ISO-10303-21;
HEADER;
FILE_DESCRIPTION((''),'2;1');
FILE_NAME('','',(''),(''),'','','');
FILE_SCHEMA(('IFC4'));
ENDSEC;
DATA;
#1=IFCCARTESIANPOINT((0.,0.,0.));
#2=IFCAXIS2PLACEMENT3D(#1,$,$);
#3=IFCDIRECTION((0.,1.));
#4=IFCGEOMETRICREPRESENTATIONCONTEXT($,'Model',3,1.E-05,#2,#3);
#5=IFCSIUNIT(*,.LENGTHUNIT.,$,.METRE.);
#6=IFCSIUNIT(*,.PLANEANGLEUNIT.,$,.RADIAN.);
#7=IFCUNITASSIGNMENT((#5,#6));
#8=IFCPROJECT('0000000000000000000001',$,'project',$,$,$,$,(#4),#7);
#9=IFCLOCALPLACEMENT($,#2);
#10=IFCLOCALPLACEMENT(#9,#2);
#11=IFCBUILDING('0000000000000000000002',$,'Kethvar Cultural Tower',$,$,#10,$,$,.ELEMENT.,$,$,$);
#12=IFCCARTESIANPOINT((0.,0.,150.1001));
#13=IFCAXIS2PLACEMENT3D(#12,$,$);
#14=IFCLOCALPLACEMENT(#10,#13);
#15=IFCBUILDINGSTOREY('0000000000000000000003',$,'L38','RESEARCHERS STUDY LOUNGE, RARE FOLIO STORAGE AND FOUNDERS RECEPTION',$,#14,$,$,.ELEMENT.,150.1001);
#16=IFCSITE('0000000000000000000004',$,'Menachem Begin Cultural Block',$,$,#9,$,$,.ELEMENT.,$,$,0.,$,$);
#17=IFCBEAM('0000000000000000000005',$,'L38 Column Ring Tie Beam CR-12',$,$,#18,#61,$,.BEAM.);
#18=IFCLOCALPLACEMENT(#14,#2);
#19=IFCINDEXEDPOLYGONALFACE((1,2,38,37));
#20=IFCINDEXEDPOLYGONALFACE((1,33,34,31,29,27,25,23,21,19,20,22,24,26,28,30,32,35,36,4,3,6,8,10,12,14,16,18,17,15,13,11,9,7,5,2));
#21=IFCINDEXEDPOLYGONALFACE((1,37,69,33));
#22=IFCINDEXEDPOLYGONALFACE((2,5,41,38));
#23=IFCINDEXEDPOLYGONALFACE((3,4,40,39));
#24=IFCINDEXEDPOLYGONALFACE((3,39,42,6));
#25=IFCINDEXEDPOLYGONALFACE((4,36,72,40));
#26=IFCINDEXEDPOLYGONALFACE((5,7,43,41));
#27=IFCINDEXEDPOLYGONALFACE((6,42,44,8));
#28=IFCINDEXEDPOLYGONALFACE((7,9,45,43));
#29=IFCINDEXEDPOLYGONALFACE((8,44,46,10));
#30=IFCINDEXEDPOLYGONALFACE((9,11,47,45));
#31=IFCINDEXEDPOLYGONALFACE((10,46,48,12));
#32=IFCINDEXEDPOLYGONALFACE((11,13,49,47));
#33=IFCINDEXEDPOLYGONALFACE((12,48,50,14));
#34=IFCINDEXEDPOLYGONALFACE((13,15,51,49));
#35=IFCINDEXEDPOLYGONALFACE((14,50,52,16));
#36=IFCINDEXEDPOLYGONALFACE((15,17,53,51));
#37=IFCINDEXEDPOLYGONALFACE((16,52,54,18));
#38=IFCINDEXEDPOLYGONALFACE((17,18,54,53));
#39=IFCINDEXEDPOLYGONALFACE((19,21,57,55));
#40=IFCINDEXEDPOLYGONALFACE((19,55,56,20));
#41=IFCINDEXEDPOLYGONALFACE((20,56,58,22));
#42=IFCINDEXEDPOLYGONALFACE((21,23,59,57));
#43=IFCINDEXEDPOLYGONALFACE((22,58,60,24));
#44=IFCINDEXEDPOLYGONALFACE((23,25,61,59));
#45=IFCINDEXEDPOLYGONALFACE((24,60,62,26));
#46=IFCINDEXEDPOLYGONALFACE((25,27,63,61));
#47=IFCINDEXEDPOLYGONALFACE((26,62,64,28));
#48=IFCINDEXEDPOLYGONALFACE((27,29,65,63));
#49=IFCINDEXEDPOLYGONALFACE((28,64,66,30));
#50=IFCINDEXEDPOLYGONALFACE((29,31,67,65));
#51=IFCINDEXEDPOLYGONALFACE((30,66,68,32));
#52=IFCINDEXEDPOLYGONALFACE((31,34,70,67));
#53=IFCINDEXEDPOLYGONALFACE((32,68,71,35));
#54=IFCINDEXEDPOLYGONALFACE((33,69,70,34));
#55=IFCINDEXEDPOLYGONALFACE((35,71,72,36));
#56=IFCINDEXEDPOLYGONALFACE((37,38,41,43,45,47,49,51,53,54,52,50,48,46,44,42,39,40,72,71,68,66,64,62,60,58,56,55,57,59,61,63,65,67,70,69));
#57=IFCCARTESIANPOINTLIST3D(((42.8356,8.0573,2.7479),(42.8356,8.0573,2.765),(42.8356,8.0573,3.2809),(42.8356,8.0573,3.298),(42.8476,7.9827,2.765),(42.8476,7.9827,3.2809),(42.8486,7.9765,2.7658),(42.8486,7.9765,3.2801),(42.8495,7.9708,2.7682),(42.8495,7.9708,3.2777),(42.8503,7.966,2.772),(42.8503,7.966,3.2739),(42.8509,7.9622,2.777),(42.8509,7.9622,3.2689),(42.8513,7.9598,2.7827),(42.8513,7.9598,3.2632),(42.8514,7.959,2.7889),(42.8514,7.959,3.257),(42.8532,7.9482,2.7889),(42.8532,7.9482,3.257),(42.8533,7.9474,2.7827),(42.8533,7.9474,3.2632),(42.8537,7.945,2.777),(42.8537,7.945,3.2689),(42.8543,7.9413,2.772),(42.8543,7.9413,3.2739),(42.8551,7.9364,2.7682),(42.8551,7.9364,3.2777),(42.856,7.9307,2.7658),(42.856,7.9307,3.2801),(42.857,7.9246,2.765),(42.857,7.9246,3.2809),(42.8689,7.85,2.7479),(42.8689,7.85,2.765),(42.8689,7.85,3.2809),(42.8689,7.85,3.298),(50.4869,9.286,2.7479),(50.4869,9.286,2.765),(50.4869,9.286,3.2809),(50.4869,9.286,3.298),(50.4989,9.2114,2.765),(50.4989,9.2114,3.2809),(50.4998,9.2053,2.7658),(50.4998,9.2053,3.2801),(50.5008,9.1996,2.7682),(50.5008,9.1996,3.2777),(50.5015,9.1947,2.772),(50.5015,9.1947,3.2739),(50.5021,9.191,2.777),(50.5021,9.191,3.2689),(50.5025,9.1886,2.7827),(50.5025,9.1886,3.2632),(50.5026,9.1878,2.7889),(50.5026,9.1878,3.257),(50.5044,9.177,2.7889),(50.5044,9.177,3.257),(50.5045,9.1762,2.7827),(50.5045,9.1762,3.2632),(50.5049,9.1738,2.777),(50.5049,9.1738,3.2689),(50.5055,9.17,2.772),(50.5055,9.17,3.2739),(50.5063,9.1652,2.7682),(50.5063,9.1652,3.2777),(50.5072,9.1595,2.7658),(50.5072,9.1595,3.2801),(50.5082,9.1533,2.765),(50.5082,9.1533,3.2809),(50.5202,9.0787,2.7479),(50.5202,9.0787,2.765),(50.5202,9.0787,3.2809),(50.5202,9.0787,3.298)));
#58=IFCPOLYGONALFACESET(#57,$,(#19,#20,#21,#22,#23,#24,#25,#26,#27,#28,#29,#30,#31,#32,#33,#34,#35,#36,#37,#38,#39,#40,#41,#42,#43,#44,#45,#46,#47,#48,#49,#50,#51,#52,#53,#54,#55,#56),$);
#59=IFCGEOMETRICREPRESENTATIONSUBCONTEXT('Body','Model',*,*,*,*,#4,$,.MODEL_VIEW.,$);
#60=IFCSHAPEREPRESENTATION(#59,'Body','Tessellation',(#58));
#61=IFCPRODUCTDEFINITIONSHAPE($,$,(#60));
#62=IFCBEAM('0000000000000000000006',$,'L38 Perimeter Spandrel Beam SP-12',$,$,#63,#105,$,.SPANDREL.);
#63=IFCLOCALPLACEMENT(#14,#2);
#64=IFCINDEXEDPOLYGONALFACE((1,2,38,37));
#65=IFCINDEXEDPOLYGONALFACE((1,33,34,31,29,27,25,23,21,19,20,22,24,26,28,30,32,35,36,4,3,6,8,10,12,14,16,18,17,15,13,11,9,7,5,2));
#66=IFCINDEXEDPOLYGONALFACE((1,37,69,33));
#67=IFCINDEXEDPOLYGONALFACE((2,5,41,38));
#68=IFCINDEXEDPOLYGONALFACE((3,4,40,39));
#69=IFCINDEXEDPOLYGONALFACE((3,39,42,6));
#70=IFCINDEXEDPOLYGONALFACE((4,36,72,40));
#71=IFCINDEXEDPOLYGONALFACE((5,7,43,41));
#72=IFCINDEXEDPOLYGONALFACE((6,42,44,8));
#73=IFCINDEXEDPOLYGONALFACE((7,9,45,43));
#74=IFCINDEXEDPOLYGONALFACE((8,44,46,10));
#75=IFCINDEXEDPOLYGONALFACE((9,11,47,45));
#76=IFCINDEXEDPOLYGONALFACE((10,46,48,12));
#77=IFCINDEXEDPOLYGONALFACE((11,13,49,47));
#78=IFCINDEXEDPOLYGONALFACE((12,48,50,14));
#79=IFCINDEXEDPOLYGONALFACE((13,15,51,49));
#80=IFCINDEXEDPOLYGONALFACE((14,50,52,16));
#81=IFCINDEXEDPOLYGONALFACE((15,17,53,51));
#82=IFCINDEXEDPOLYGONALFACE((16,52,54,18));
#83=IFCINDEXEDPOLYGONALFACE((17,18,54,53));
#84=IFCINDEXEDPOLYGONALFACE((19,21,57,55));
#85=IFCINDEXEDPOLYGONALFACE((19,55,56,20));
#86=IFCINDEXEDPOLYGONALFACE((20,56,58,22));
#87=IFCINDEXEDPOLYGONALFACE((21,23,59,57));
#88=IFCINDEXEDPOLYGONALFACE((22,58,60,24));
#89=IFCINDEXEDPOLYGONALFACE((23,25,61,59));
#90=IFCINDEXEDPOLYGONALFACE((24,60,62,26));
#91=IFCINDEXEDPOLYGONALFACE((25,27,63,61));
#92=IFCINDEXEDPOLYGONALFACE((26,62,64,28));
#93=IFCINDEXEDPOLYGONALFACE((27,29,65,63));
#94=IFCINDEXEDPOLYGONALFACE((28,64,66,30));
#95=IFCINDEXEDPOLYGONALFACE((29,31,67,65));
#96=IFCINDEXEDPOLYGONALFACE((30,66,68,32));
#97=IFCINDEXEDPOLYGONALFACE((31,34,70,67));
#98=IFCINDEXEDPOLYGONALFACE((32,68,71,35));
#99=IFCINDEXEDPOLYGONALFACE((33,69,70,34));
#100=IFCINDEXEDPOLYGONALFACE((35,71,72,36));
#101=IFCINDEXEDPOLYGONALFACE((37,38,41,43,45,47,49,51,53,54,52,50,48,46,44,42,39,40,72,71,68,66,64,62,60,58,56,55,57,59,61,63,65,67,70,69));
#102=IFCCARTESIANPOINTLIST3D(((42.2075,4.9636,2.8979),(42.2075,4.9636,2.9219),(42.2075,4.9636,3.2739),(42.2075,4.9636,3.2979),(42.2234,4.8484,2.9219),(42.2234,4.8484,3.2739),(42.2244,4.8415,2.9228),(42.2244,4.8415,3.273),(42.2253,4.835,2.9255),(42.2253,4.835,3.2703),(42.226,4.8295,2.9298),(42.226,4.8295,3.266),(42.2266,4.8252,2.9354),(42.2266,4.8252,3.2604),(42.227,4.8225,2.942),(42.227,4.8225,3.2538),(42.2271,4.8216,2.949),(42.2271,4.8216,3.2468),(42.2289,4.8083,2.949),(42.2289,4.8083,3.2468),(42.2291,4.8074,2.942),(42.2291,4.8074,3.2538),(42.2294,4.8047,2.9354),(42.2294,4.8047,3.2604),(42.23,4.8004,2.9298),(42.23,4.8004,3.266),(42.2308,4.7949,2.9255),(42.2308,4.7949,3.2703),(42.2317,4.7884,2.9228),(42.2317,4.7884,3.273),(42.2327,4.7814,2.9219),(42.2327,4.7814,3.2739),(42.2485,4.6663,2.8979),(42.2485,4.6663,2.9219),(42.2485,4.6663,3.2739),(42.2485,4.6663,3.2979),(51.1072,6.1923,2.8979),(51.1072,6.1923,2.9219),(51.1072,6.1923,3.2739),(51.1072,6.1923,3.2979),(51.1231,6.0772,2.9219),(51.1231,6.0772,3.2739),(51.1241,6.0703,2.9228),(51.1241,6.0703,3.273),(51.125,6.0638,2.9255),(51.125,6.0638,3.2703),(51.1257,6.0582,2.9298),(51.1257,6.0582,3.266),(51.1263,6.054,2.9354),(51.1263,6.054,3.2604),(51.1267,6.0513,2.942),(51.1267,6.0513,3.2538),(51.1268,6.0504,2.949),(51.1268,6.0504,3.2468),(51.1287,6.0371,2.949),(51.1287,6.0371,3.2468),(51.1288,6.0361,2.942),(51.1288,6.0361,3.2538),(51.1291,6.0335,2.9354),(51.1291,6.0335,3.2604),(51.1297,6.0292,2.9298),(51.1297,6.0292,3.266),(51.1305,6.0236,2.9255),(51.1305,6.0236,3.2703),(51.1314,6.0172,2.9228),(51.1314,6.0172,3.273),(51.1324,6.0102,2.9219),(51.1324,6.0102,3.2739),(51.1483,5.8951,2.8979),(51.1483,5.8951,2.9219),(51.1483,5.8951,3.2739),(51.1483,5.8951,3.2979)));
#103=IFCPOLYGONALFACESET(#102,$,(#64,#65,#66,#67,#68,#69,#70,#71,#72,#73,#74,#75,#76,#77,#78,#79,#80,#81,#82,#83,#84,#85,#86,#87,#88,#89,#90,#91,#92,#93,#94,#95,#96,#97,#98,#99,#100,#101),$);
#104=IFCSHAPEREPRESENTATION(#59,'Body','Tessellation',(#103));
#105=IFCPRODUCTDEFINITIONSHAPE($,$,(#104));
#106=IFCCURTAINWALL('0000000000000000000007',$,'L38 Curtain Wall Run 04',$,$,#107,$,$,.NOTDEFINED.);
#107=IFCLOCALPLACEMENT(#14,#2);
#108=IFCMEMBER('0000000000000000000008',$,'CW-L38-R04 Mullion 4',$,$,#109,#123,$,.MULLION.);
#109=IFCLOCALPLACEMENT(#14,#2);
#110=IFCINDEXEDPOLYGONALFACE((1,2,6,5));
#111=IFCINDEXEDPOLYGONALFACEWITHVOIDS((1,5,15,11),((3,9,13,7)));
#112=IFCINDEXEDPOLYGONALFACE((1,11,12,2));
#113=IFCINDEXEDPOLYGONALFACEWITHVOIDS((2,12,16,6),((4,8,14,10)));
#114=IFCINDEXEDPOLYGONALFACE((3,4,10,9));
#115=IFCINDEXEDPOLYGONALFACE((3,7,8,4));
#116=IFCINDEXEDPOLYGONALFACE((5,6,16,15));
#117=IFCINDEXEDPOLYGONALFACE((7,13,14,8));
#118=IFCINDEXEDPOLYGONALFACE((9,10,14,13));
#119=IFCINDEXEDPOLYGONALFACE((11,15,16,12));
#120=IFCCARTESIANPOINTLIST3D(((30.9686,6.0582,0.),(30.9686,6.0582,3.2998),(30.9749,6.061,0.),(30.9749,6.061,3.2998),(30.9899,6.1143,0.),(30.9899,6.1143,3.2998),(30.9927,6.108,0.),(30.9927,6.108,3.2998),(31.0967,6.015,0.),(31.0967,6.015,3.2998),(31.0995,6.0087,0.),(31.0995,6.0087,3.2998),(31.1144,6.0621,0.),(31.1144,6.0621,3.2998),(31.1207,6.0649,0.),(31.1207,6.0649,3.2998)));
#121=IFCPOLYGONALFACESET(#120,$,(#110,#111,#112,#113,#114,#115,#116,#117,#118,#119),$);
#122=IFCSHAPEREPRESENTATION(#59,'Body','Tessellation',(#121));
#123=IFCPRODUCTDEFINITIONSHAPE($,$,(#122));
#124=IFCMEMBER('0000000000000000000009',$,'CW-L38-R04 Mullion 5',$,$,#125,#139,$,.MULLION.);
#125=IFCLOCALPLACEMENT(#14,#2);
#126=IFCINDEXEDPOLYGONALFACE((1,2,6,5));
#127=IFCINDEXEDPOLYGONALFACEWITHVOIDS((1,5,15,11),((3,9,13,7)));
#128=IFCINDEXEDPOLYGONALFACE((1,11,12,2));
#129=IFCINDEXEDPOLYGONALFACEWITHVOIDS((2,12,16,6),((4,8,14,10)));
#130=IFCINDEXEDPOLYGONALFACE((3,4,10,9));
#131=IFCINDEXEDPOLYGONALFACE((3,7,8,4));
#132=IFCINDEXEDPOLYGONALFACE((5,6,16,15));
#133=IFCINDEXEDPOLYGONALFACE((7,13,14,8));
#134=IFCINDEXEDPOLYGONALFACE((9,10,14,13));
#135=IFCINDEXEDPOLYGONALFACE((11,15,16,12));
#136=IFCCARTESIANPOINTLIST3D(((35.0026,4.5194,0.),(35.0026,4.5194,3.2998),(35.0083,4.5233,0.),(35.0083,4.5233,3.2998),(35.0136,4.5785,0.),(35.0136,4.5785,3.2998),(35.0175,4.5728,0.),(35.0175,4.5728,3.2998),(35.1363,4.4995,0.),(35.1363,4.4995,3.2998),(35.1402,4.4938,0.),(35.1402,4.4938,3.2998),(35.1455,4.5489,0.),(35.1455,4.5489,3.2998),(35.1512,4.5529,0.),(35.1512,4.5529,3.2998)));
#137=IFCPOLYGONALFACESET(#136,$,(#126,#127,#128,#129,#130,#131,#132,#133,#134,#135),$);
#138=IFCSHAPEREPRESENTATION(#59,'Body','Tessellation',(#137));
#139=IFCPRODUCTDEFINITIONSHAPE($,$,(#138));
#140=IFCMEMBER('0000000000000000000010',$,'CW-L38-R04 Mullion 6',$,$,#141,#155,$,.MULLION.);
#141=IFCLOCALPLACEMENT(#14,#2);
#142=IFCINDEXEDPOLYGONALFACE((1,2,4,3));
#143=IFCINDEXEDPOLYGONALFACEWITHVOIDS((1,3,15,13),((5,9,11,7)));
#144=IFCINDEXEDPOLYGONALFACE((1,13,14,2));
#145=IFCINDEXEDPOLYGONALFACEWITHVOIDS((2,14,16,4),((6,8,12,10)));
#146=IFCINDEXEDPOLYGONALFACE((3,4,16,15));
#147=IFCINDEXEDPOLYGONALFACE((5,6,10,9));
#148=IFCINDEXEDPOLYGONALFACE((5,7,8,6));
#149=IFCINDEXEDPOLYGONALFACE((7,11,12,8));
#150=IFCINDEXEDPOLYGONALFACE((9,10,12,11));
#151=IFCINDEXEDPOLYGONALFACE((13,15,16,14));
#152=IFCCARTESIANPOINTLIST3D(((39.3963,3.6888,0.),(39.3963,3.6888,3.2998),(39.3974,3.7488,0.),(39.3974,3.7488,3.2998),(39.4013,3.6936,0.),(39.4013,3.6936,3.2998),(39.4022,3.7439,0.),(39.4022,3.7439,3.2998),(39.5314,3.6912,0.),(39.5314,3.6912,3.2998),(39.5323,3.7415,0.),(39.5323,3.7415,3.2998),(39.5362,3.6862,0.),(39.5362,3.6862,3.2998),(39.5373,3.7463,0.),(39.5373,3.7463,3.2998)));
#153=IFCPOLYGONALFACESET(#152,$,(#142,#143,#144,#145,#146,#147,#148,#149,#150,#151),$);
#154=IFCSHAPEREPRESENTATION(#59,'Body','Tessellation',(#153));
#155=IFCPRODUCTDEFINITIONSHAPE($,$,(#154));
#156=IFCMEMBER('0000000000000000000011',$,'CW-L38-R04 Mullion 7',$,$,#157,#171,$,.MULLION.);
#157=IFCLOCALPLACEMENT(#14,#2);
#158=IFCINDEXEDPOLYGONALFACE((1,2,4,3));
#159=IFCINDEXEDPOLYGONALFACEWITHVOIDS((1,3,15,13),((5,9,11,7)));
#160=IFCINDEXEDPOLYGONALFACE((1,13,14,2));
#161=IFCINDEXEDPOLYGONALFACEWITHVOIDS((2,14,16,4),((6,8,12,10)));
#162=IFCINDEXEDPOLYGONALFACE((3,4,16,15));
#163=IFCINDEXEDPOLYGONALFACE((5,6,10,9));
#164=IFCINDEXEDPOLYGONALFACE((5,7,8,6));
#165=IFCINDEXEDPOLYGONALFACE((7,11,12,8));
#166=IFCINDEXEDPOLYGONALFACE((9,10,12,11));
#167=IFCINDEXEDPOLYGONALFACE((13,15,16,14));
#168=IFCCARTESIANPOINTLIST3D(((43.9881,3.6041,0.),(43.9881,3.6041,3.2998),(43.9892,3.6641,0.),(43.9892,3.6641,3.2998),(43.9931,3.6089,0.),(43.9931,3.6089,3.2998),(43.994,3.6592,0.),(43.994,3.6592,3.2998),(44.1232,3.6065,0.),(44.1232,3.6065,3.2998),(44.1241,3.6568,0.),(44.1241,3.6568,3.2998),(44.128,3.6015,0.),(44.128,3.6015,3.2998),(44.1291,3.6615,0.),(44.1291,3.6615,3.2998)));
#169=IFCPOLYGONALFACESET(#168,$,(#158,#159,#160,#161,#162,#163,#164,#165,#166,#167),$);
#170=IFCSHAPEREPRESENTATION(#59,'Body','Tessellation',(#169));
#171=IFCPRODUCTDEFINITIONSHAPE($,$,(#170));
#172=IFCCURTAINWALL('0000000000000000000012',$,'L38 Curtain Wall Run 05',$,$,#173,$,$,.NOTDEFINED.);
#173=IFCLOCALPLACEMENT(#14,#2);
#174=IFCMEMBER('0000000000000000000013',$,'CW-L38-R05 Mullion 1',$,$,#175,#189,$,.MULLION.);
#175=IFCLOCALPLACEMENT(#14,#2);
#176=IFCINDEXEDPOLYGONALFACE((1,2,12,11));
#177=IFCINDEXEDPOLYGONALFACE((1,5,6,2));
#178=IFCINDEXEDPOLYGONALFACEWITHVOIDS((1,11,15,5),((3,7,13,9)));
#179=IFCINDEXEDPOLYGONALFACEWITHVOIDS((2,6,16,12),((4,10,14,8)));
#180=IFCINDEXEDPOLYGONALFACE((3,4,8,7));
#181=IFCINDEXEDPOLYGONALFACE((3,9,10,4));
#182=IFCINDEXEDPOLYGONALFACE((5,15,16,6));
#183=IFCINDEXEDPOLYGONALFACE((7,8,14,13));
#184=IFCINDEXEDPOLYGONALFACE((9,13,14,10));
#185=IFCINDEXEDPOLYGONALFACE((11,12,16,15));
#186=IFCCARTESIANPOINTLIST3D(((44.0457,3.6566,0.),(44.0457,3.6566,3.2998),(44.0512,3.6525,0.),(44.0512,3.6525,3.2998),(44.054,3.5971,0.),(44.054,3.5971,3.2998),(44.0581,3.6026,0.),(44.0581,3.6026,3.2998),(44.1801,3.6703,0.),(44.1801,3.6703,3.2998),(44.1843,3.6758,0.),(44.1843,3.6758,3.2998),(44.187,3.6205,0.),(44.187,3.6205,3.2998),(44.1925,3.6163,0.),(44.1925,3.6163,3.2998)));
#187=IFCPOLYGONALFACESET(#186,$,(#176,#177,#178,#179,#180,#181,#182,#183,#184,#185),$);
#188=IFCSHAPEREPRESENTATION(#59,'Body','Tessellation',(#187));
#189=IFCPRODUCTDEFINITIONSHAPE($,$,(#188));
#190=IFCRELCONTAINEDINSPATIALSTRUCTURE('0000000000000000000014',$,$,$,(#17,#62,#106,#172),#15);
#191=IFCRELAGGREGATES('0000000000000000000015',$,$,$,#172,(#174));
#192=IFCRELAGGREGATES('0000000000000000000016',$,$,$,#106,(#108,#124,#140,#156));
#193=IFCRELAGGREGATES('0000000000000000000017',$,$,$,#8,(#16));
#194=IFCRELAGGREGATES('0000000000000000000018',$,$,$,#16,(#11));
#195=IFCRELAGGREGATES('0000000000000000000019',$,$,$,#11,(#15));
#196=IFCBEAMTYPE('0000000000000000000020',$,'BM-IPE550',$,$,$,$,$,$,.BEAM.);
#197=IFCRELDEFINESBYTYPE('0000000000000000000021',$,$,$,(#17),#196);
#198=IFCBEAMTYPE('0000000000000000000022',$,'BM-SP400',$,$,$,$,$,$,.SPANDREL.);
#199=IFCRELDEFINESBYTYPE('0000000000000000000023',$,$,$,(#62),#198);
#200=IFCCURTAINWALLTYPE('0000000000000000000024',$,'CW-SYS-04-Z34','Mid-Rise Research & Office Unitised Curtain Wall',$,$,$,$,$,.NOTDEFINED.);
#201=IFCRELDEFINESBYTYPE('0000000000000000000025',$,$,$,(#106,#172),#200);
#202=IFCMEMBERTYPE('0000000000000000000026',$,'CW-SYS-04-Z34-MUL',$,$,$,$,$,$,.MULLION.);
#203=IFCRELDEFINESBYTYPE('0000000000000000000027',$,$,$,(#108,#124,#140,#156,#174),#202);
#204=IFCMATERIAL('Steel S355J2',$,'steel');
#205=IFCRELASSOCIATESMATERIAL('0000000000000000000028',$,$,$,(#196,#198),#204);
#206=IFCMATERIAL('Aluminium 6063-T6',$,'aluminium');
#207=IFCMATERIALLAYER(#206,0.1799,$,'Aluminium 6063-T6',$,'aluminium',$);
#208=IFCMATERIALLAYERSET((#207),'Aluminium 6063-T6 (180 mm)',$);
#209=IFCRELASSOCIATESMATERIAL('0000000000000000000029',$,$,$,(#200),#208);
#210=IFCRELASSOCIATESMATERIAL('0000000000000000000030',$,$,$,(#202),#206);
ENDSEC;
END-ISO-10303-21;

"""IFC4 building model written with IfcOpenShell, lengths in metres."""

from ifc_helpers import new_model, si_unit, direction, frame, origin, origin_2d, place, context, subcontext, project, spatial, hollow_rectangle, i_section, extrude, source, transform, mapped, material, layer, layer_set, material_profile, profile_set, type_object, element, aggregate, save


model = new_model("IFC4")

# Units and contexts
model_context = context("Model", 3, precision=1e-05, world=origin(), true_north=direction((0.0, 1.0)))
body_context = subcontext(model_context, "Body", "Model", "MODEL_VIEW")
ifc_project = project(units=[si_unit("LENGTHUNIT", "METRE"), si_unit("PLANEANGLEUNIT", "RADIAN")], contexts=[model_context])

# Site, building, storey
site_placement = place(None, origin())
site = spatial("IfcSite", under=ifc_project, at=site_placement, Name="Menachem Begin Cultural Block", CompositionType="ELEMENT", RefElevation=0.0)
building_placement = place(site_placement, origin())
building = spatial("IfcBuilding", under=site, at=building_placement, Name="Kethvar Cultural Tower", CompositionType="ELEMENT")
storey_placement = place(building_placement, frame((0.0, 0.0, 150.1001)))
storey = spatial("IfcBuildingStorey", under=building, at=storey_placement, Name="L38", Description="RESEARCHERS STUDY LOUNGE, RARE FOLIO STORAGE AND FOUNDERS RECEPTION", CompositionType="ELEMENT", Elevation=150.1001)

# Beams
ifc_material_1 = material(Name="Steel S355J2", Category="steel")
ifc_material_profile_1 = material_profile(ifc_material_1, i_section(OverallWidth=0.21, OverallDepth=0.55, WebThickness=0.011, FlangeThickness=0.0171, FilletRadius=0.0239, at=origin_2d()), Name="Steel S355J2 — IPE550")
ifc_profile_set_1 = profile_set([ifc_material_profile_1], Name="Steel S355J2 — IPE550")
beam_type_1 = type_object("IfcBeamType", Name="BM-IPE550", PredefinedType="BEAM", material=ifc_profile_set_1)
ifc_material_profile_2 = material_profile(ifc_material_1, i_section(OverallWidth=0.3, OverallDepth=0.3999, WebThickness=0.0134, FlangeThickness=0.0239, FilletRadius=0.0271, at=origin_2d()), Name="Steel S355J2 — HEB400")
ifc_profile_set_2 = profile_set([ifc_material_profile_2], Name="Steel S355J2 — HEB400")
beam_type_2 = type_object("IfcBeamType", Name="BM-SP400", PredefinedType="SPANDREL", material=ifc_profile_set_2)
shared_shape_1 = source(origin(), body_context, "Body", "SweptSolid", [
    extrude(i_section(OverallWidth=0.21, OverallDepth=0.55, WebThickness=0.011, FlangeThickness=0.0171, FilletRadius=0.0239, at=origin_2d()), origin(), (0.0, 0.0, 1.0), 7.7493),
])
beam_1_placement = place(storey_placement, frame((42.8523, 7.9536, 3.0229), z_axis=(0.987348, 0.158567, 0.0), x_axis=(-0.158567, 0.987348, 0.0)))
element("IfcBeam", 1, at=beam_1_placement, inside=storey, type_object=beam_type_1, Name="L38 Column Ring Tie Beam CR-12", PredefinedType="BEAM", context=body_context, shape_type="MappedRepresentation", body=[
    mapped(shared_shape_1, transform((0.0, 0.0, 0.0), scale=1.0)),
])
shared_shape_2 = source(origin(), body_context, "Body", "SweptSolid", [
    extrude(i_section(OverallWidth=0.3, OverallDepth=0.3999, WebThickness=0.0134, FlangeThickness=0.0239, FilletRadius=0.0271, at=origin_2d()), origin(), (0.0, 0.0, 1.0), 8.9841),
])
beam_2_placement = place(storey_placement, frame((42.228, 4.8149, 3.0979), z_axis=(0.990603, 0.136771, 0.0), x_axis=(-0.136771, 0.990603, 0.0)))
element("IfcBeam", 2, at=beam_2_placement, inside=storey, type_object=beam_type_2, Name="L38 Perimeter Spandrel Beam SP-12", PredefinedType="SPANDREL", context=body_context, shape_type="MappedRepresentation", body=[
    mapped(shared_shape_2, transform((0.0, 0.0, 0.0), scale=1.0)),
])

# Curtain wall, members
ifc_material_2 = material(Name="Aluminium 6063-T6", Category="aluminium")
ifc_layer_1 = layer(ifc_material_2, 0.1799, Name="Aluminium 6063-T6", Category="aluminium")
ifc_layer_set_1 = layer_set([ifc_layer_1], Name="Aluminium 6063-T6 (180 mm)")
curtain_wall_type = type_object("IfcCurtainWallType", Name="CW-SYS-04-Z34", Description="Mid-Rise Research & Office Unitised Curtain Wall", PredefinedType="NOTDEFINED", material=ifc_layer_set_1)
curtain_wall_1_placement = place(storey_placement, origin())
curtain_wall_1 = element("IfcCurtainWall", 3, at=curtain_wall_1_placement, inside=storey, type_object=curtain_wall_type, Name="L38 Curtain Wall Run 04", PredefinedType="NOTDEFINED")
ifc_material_profile_3 = material_profile(ifc_material_2, hollow_rectangle(XDim=0.0601, YDim=0.1399, WallThickness=0.0049, at=origin_2d()), Name="Aluminium 6063-T6 — RHS140x60x5")
ifc_profile_set_3 = profile_set([ifc_material_profile_3], Name="Aluminium 6063-T6 — RHS140x60x5")
member_type_1 = type_object("IfcMemberType", Name="CW-SYS-04-Z34-MUL", PredefinedType="MULLION", material=ifc_profile_set_3)
shared_shape_3 = source(origin(), body_context, "Body", "SweptSolid", [
    extrude(hollow_rectangle(XDim=0.0601, YDim=0.1399, WallThickness=0.0049, at=origin_2d()), origin(), (0.0, 0.0, 1.0), 3.2998),
])
member_1_placement = place(storey_placement, frame((31.0447, 6.0615, 0.0), z_axis=(0.0, 0.0, 1.0), x_axis=(0.353442, 0.935456, 0.0)))
member_1 = element("IfcMember", 4, at=member_1_placement, type_object=member_type_1, Name="CW-L38-R04 Mullion 4", PredefinedType="MULLION", context=body_context, shape_type="MappedRepresentation", body=[
    mapped(shared_shape_3, transform((0.0, 0.0, 0.0), scale=1.0)),
])
member_2_placement = place(storey_placement, frame((35.0769, 4.5361, 0.0), z_axis=(0.0, 0.0, 1.0), x_axis=(0.183008, 0.983111, 0.0)))
member_2 = element("IfcMember", 5, at=member_2_placement, type_object=member_type_1, Name="CW-L38-R04 Mullion 5", PredefinedType="MULLION", context=body_context, shape_type="MappedRepresentation", body=[
    mapped(shared_shape_3, transform((0.0, 0.0, 0.0), scale=1.0)),
])
member_3_placement = place(storey_placement, frame((39.4668, 3.7175, 0.0), z_axis=(0.0, 0.0, 1.0), x_axis=(0.018447, 0.99983, 0.0)))
member_3 = element("IfcMember", 6, at=member_3_placement, type_object=member_type_1, Name="CW-L38-R04 Mullion 6", PredefinedType="MULLION", context=body_context, shape_type="MappedRepresentation", body=[
    mapped(shared_shape_3, transform((0.0, 0.0, 0.0), scale=1.0)),
])
member_4_placement = place(storey_placement, frame((44.0586, 3.6328, 0.0), z_axis=(0.0, 0.0, 1.0), x_axis=(0.018447, 0.99983, 0.0)))
member_4 = element("IfcMember", 7, at=member_4_placement, type_object=member_type_1, Name="CW-L38-R04 Mullion 7", PredefinedType="MULLION", context=body_context, shape_type="MappedRepresentation", body=[
    mapped(shared_shape_3, transform((0.0, 0.0, 0.0), scale=1.0)),
])

# Curtain wall, member
curtain_wall_2_placement = place(storey_placement, origin())
curtain_wall_2 = element("IfcCurtainWall", 8, at=curtain_wall_2_placement, inside=storey, type_object=curtain_wall_type, Name="L38 Curtain Wall Run 05", PredefinedType="NOTDEFINED")
member_5_placement = place(storey_placement, frame((44.1191, 3.6365, 0.0), z_axis=(0.0, 0.0, 1.0), x_axis=(-0.137099, 0.990557, 0.0)))
member_5 = element("IfcMember", 9, at=member_5_placement, type_object=member_type_1, Name="CW-L38-R05 Mullion 1", PredefinedType="MULLION", context=body_context, shape_type="MappedRepresentation", body=[
    mapped(shared_shape_3, transform((0.0, 0.0, 0.0), scale=1.0)),
])

aggregate(curtain_wall_2, [member_5])

aggregate(curtain_wall_1, [member_1, member_2, member_3, member_4])

save(model, "model.ifc")
